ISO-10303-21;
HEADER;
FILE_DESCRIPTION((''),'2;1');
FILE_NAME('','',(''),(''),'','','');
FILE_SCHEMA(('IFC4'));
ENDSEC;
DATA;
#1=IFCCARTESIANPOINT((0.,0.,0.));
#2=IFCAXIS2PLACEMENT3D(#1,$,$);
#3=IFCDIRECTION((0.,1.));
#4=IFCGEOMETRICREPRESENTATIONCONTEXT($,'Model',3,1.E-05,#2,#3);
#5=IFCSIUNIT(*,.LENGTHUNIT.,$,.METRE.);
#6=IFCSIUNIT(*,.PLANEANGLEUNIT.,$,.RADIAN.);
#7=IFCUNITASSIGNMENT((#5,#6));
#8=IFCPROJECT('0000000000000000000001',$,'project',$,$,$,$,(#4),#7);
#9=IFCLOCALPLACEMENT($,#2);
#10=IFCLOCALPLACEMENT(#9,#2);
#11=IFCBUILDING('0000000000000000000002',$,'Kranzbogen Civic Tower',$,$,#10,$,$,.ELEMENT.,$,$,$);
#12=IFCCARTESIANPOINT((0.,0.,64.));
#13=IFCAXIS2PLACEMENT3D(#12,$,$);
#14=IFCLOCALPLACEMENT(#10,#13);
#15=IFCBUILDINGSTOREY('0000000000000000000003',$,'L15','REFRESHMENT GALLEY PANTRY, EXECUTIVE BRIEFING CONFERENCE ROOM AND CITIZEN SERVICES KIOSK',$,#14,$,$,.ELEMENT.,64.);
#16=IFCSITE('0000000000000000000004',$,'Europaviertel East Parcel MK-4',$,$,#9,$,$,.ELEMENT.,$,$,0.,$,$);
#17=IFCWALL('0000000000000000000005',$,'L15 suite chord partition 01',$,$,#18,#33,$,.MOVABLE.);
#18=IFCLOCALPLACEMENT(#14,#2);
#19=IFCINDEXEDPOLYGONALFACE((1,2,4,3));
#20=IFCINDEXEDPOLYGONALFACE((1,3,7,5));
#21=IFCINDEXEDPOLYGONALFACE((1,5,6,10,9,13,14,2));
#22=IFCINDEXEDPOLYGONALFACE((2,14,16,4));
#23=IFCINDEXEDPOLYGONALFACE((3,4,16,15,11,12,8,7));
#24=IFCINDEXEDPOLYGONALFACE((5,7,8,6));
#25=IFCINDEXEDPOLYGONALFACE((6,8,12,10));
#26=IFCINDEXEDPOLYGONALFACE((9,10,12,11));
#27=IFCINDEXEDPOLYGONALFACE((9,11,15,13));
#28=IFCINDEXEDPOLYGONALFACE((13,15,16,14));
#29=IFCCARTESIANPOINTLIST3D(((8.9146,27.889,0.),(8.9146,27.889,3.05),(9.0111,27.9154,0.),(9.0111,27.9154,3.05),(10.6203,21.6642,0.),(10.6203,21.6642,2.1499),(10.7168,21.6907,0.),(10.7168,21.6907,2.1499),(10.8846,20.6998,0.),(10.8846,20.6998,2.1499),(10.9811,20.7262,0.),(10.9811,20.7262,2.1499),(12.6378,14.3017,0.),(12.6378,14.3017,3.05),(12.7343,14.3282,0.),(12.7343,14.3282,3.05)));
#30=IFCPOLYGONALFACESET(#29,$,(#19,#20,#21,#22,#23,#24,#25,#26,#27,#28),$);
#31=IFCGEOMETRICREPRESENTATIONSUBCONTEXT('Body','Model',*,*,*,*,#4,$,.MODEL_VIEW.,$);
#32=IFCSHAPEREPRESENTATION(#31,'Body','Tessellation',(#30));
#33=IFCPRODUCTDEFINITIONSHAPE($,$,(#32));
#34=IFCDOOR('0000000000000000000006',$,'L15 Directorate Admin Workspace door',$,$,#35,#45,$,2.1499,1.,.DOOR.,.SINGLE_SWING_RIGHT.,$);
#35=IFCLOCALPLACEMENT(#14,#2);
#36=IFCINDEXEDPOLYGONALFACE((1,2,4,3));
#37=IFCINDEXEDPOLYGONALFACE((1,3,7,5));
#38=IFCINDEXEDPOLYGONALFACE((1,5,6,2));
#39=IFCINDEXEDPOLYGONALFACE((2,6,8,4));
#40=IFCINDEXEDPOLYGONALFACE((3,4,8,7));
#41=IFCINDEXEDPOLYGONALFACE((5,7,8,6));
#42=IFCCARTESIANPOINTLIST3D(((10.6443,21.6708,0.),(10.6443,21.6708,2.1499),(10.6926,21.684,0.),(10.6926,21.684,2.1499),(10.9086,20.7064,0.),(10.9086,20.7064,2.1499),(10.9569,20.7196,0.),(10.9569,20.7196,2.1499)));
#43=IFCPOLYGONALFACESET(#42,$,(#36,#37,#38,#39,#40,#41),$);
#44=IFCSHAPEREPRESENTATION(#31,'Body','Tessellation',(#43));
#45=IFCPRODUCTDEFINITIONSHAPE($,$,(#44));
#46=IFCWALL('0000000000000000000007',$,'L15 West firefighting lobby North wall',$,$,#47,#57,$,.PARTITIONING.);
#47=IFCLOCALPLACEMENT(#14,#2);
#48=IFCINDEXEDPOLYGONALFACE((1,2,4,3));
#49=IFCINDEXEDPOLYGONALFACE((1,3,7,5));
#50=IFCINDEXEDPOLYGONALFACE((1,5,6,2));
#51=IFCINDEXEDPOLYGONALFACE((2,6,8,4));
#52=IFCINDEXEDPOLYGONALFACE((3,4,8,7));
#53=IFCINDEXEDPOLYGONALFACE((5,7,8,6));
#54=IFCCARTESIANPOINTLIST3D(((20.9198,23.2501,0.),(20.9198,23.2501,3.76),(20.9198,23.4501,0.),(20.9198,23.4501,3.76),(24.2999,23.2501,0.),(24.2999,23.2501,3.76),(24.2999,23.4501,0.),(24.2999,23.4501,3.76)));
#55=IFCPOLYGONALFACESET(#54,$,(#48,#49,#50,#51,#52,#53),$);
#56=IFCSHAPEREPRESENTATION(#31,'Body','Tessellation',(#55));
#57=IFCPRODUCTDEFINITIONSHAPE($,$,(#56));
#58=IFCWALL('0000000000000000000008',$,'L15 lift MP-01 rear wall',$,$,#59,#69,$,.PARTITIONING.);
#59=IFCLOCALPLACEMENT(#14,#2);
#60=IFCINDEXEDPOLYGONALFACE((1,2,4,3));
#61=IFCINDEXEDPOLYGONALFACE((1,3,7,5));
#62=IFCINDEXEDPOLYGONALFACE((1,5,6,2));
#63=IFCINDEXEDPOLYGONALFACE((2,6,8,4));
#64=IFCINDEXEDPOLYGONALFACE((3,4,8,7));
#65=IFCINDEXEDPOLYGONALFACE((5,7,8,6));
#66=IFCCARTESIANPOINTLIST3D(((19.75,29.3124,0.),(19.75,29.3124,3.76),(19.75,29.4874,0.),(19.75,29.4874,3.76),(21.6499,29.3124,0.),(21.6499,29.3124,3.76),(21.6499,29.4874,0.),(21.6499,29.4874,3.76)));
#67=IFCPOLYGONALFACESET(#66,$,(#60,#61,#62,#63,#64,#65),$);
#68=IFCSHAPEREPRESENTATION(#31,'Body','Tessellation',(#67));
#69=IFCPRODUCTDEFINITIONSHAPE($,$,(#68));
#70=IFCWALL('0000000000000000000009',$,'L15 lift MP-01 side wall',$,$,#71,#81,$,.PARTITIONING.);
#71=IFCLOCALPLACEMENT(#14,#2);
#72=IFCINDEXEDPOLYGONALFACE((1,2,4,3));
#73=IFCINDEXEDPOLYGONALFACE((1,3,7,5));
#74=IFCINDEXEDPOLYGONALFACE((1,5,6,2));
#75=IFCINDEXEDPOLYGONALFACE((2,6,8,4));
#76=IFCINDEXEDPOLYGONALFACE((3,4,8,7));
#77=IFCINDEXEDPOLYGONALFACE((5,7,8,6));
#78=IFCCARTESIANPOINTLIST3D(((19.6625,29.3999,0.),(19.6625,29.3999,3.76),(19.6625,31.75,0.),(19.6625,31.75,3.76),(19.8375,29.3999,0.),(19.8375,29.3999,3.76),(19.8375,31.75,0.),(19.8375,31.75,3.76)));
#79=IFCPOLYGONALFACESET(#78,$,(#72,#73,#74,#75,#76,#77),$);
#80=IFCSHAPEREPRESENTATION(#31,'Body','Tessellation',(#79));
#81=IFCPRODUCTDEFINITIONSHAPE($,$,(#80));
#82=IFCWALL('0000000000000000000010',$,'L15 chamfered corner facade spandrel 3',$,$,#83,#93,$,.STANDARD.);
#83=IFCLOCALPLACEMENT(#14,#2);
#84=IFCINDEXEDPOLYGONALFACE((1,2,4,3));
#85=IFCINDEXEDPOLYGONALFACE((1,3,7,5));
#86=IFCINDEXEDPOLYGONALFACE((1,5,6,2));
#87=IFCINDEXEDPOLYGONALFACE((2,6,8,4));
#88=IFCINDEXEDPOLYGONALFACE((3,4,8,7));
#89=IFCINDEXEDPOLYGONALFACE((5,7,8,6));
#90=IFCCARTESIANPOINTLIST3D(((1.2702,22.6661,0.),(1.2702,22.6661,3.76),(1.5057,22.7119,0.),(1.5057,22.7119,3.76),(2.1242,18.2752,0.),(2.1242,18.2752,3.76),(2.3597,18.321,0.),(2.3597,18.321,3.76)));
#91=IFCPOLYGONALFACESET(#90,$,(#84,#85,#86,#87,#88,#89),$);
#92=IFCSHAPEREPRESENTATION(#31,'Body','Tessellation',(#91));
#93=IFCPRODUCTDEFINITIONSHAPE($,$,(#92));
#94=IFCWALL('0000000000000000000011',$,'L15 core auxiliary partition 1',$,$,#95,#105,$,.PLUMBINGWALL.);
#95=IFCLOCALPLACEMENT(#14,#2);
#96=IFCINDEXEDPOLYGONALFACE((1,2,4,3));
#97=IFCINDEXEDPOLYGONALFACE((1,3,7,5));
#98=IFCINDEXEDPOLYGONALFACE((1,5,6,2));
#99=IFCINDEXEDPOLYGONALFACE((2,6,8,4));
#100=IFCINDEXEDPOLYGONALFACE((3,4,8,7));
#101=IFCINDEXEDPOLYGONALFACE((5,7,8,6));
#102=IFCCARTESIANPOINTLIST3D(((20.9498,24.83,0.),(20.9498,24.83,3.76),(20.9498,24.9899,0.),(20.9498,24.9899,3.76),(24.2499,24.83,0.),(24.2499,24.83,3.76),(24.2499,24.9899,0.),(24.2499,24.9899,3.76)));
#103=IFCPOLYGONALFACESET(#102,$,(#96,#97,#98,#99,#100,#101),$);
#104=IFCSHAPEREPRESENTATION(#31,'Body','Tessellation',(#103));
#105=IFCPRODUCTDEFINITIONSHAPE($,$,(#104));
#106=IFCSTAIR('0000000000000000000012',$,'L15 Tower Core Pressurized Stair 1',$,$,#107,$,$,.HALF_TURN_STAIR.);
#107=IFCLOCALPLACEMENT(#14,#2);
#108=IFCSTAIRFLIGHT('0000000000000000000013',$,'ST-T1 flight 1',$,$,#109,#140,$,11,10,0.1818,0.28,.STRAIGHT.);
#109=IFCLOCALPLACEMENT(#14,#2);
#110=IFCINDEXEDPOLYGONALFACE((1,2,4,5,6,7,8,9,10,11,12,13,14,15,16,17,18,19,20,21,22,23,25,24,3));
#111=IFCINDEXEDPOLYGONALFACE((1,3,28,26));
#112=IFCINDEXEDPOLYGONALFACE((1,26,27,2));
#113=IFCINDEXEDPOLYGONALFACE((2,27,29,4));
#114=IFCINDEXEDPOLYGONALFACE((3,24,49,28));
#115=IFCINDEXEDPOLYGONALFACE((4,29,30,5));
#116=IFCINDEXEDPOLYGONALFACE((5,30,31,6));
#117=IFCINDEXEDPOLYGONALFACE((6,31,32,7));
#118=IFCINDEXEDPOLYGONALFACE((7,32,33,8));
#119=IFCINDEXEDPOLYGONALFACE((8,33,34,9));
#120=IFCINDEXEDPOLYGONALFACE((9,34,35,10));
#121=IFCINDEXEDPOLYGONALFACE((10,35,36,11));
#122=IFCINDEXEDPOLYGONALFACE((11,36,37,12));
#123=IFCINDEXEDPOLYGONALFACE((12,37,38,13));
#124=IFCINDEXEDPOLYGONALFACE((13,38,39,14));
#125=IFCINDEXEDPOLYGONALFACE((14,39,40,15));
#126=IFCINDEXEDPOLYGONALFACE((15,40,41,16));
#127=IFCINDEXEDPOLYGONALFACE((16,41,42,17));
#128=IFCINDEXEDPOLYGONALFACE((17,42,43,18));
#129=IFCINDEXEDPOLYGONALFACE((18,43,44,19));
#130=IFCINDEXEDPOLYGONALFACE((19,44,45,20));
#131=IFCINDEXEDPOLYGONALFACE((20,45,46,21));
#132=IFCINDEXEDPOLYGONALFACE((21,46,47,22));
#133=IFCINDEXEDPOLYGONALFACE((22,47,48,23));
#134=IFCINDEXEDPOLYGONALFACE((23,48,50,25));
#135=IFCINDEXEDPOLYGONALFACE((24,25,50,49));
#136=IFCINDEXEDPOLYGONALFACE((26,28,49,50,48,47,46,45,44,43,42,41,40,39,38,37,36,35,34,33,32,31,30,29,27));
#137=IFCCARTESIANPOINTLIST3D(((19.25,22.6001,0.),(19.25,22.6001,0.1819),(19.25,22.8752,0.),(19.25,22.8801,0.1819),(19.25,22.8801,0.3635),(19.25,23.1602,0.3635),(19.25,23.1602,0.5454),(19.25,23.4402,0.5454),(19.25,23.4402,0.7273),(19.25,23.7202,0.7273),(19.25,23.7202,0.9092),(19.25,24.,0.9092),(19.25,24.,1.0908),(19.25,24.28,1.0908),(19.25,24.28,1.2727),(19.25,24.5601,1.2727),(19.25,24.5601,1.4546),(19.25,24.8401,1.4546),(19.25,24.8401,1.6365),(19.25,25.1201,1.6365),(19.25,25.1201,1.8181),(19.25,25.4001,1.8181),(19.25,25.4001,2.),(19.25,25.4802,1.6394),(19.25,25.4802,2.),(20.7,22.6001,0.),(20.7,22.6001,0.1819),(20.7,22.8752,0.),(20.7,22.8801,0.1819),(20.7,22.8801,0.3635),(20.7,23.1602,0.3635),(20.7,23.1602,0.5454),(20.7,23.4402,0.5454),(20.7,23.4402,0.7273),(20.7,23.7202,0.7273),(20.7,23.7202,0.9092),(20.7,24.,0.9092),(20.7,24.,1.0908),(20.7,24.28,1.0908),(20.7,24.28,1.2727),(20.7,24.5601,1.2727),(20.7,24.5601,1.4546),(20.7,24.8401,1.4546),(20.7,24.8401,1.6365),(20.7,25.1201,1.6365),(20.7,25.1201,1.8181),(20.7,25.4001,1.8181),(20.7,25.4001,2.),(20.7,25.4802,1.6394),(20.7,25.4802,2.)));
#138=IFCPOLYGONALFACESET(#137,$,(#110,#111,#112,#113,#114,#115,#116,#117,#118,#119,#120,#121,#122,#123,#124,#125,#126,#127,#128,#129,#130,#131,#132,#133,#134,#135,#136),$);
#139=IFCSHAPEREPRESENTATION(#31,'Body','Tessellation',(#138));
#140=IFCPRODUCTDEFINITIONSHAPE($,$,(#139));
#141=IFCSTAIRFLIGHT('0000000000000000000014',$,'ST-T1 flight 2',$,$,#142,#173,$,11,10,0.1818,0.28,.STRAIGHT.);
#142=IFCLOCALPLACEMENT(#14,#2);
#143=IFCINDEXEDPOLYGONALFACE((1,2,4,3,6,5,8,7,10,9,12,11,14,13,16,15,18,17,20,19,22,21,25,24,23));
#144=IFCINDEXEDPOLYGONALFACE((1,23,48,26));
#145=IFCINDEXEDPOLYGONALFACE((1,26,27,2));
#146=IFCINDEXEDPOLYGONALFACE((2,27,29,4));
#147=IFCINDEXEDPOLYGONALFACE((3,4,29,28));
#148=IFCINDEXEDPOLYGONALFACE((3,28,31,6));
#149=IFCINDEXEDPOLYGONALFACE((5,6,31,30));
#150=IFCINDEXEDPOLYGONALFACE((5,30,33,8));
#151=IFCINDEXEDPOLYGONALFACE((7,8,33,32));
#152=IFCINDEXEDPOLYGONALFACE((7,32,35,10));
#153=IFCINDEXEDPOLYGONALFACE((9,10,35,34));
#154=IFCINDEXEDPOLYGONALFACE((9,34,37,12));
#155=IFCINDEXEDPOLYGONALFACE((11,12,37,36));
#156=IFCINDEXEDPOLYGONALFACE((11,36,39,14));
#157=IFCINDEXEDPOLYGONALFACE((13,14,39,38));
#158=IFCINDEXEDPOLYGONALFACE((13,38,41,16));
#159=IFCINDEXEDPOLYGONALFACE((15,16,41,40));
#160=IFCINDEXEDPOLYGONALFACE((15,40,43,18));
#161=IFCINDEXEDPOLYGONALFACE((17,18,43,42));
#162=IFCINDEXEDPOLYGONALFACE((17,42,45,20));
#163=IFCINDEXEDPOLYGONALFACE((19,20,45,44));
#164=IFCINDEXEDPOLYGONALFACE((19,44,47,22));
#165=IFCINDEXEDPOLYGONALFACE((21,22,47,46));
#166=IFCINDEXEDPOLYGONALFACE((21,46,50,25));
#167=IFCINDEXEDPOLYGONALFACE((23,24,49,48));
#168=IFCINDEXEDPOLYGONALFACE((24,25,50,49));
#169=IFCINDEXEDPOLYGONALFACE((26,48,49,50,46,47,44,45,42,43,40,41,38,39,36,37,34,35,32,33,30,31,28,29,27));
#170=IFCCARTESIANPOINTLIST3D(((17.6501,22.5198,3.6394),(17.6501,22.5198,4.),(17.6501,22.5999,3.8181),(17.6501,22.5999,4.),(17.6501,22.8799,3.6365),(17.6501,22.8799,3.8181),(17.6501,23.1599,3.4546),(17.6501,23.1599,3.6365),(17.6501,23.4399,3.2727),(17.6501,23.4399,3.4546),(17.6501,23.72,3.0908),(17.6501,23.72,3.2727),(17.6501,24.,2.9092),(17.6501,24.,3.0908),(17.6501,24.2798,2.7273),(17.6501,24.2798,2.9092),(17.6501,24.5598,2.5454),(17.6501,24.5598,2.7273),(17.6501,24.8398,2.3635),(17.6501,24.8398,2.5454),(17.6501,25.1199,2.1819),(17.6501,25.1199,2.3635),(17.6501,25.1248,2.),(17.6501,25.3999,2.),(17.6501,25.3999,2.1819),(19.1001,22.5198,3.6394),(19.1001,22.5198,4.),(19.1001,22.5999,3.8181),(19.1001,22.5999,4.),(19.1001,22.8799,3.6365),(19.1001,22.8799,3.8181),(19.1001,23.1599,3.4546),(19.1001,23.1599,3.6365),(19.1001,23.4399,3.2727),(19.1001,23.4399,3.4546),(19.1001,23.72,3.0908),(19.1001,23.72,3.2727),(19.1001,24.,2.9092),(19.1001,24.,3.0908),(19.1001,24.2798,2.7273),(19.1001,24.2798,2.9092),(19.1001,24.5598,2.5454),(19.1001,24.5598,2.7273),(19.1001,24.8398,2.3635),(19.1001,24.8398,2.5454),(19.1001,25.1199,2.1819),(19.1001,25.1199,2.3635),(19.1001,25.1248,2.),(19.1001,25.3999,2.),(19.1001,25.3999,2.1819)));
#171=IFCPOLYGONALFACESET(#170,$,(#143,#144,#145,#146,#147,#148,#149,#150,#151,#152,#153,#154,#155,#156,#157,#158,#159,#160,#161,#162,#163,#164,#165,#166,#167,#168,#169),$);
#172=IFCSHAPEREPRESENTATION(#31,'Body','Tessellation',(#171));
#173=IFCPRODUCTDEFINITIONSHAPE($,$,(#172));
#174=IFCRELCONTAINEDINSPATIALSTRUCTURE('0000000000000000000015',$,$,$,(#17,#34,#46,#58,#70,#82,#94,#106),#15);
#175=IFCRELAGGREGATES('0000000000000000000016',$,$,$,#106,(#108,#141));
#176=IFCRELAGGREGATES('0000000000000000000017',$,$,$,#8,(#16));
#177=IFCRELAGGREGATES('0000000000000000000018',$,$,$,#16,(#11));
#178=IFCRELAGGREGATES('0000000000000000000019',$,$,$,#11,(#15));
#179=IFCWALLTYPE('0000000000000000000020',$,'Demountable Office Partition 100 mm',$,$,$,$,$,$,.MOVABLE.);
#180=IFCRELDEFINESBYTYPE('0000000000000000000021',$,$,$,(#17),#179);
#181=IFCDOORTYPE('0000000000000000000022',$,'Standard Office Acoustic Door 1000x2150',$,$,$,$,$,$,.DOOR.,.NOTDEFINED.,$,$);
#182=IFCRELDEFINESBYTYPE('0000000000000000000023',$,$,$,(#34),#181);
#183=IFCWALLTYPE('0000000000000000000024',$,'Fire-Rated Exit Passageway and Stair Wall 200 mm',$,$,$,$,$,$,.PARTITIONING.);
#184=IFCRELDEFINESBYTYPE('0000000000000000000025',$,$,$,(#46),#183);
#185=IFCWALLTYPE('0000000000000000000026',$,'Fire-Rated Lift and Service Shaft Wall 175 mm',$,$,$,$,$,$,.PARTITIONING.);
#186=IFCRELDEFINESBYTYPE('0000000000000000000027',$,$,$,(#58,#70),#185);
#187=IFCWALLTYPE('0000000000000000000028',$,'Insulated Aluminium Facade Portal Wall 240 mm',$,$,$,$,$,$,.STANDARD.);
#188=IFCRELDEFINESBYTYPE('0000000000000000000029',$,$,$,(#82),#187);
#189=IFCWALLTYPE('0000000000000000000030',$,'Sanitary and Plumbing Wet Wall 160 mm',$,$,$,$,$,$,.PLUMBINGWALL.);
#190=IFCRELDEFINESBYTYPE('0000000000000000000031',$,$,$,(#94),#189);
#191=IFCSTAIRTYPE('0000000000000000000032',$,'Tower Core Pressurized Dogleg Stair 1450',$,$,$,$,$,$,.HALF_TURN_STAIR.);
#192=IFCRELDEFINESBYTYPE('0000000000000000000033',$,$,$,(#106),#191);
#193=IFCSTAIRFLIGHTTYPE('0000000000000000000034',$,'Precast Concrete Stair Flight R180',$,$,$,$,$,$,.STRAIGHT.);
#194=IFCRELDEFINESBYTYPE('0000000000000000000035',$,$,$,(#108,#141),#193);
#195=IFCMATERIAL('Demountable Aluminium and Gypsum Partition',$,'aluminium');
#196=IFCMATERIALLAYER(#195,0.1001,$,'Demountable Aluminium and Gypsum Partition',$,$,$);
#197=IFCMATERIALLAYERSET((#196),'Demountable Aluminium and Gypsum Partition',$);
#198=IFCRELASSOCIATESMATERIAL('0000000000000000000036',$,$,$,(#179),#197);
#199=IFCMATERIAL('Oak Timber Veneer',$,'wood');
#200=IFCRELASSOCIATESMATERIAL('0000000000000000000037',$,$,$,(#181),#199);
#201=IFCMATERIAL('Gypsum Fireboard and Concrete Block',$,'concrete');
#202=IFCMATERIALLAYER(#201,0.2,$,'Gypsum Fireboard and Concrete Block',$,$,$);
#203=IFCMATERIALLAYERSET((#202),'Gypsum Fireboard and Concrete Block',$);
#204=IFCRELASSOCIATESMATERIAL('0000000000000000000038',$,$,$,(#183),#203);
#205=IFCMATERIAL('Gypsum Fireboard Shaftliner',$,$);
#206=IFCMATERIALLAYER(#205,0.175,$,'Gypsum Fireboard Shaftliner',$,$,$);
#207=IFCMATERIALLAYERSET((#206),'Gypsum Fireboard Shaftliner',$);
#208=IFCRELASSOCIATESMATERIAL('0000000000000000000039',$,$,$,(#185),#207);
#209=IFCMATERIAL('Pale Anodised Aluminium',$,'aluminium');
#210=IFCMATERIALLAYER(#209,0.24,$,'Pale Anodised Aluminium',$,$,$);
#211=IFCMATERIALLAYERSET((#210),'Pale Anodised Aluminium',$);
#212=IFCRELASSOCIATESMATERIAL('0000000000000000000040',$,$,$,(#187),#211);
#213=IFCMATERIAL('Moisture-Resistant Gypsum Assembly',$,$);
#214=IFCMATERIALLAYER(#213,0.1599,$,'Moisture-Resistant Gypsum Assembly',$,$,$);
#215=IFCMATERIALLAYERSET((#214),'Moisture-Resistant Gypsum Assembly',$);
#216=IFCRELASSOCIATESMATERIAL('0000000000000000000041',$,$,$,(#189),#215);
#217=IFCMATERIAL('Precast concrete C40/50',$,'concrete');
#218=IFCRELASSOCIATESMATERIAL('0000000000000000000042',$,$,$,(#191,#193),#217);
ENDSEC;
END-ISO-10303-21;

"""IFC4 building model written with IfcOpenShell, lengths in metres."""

from ifc_helpers import new_model, si_unit, direction, frame, frame_2d, origin, place, context, subcontext, project, spatial, polyline, rectangle, outline, extrude, material, layer, layer_set, type_object, element, fill, aggregate, save


model = new_model("IFC4")

# Units and contexts
model_context = context("Model", 3, precision=1e-05, world=origin(), true_north=direction((0.0, 1.0)))
body_context = subcontext(model_context, "Body", "Model", "MODEL_VIEW")
ifc_project = project(units=[si_unit("LENGTHUNIT", "METRE"), si_unit("PLANEANGLEUNIT", "RADIAN")], contexts=[model_context])

# Site, building, storey
site_placement = place(None, origin())
site = spatial("IfcSite", under=ifc_project, at=site_placement, Name="Europaviertel East Parcel MK-4", CompositionType="ELEMENT", RefElevation=0.0)
building_placement = place(site_placement, origin())
building = spatial("IfcBuilding", under=site, at=building_placement, Name="Kranzbogen Civic Tower", CompositionType="ELEMENT")
storey_placement = place(building_placement, frame((0.0, 0.0, 64.0)))
storey = spatial("IfcBuildingStorey", under=building, at=storey_placement, Name="L15", Description="REFRESHMENT GALLEY PANTRY, EXECUTIVE BRIEFING CONFERENCE ROOM AND CITIZEN SERVICES KIOSK", CompositionType="ELEMENT", Elevation=64.0)

# Shared definitions
ifc_material_1 = material(Name="Pale Anodised Aluminium", Category="aluminium")

# Wall, opening, door
ifc_material_2 = material(Name="Demountable Aluminium and Gypsum Partition", Category="aluminium")
ifc_layer_1 = layer(ifc_material_2, 0.1001, Name="Demountable Aluminium and Gypsum Partition")
ifc_layer_set_1 = layer_set([ifc_layer_1], Name="Demountable Aluminium and Gypsum Partition")
wall_type_1 = type_object("IfcWallType", Name="Demountable Office Partition 100 mm", PredefinedType="MOVABLE", material=ifc_layer_set_1)
wall_1_placement = place(storey_placement, frame((8.9629, 27.9021, 0.0), z_axis=(0.0, 0.0, 1.0), x_axis=(0.264277, -0.964447, 0.0)))
wall_1 = element("IfcWall", 1, at=wall_1_placement, inside=storey, type_object=wall_type_1, Name="L15 suite chord partition 01", PredefinedType="MOVABLE", context=body_context, shape_type="SweptSolid", body=[
    extrude(rectangle(XDim=14.0881, YDim=0.1001, at=frame_2d((7.0439, 0.0))), origin(), (0.0, 0.0, 1.0), 3.05),
])
opening_1_placement = place(wall_1_placement, frame((6.4541, 0.0, 0.0)))
opening_1 = element("IfcOpeningElement", 2, at=opening_1_placement, cuts=wall_1, PredefinedType="OPENING", context=body_context, shape_type="SweptSolid", body=[
    extrude(rectangle(XDim=1.0, YDim=2.1499, at=frame_2d((0.5, 1.075))), frame((0.0, 0.0601, 0.0), z_axis=(0.0, -1.0, 0.0), x_axis=(1.0, 0.0, 0.0)), (0.0, 0.0, 1.0), 0.1201),
])
ifc_material_3 = material(Name="Oak Timber Veneer", Category="wood")
door_type_1 = type_object("IfcDoorType", Name="Standard Office Acoustic Door 1000x2150", OperationType="NOTDEFINED", PredefinedType="DOOR", material=ifc_material_3)
door_1_placement = place(opening_1_placement, origin())
door_1 = element("IfcDoor", 3, at=door_1_placement, inside=storey, type_object=door_type_1, Name="L15 Directorate Admin Workspace door", OperationType="SINGLE_SWING_RIGHT", OverallHeight=2.1499, OverallWidth=1.0, PredefinedType="DOOR", context=body_context, shape_type="SweptSolid", body=[
    extrude(rectangle(XDim=1.0, YDim=2.1499, at=frame_2d((0.5, 1.075))), frame((0.0, 0.0249, 0.0), z_axis=(0.0, -1.0, 0.0), x_axis=(1.0, 0.0, 0.0)), (0.0, 0.0, 1.0), 0.05),
])
fill(opening_1, door_1)

# Walls
ifc_material_4 = material(Name="Gypsum Fireboard and Concrete Block", Category="concrete")
ifc_layer_2 = layer(ifc_material_4, 0.2, Name="Gypsum Fireboard and Concrete Block")
ifc_layer_set_2 = layer_set([ifc_layer_2], Name="Gypsum Fireboard and Concrete Block")
wall_type_2 = type_object("IfcWallType", Name="Fire-Rated Exit Passageway and Stair Wall 200 mm", PredefinedType="PARTITIONING", material=ifc_layer_set_2)
wall_2_placement = place(storey_placement, frame((20.9199, 23.3501, 0.0), z_axis=(0.0, 0.0, 1.0), x_axis=(1.0, 0.0, 0.0)))
element("IfcWall", 4, at=wall_2_placement, inside=storey, type_object=wall_type_2, Name="L15 West firefighting lobby North wall", PredefinedType="PARTITIONING", context=body_context, shape_type="SweptSolid", body=[
    extrude(rectangle(XDim=3.3801, YDim=0.2, at=frame_2d((1.6899, 0.0))), origin(), (0.0, 0.0, 1.0), 3.76),
])
ifc_material_5 = material(Name="Gypsum Fireboard Shaftliner")
ifc_layer_3 = layer(ifc_material_5, 0.175, Name="Gypsum Fireboard Shaftliner")
ifc_layer_set_3 = layer_set([ifc_layer_3], Name="Gypsum Fireboard Shaftliner")
wall_type_3 = type_object("IfcWallType", Name="Fire-Rated Lift and Service Shaft Wall 175 mm", PredefinedType="PARTITIONING", material=ifc_layer_set_3)
wall_3_placement = place(storey_placement, frame((19.75, 29.3999, 0.0), z_axis=(0.0, 0.0, 1.0), x_axis=(1.0, 0.0, 0.0)))
element("IfcWall", 5, at=wall_3_placement, inside=storey, type_object=wall_type_3, Name="L15 lift MP-01 rear wall", PredefinedType="PARTITIONING", context=body_context, shape_type="SweptSolid", body=[
    extrude(rectangle(XDim=1.8999, YDim=0.175, at=frame_2d((0.95, 0.0))), origin(), (0.0, 0.0, 1.0), 3.76),
])
wall_4_placement = place(storey_placement, frame((19.75, 29.3999, 0.0), z_axis=(0.0, 0.0, 1.0), x_axis=(0.0, 1.0, 0.0)))
element("IfcWall", 6, at=wall_4_placement, inside=storey, type_object=wall_type_3, Name="L15 lift MP-01 side wall", PredefinedType="PARTITIONING", context=body_context, shape_type="SweptSolid", body=[
    extrude(rectangle(XDim=2.3501, YDim=0.175, at=frame_2d((1.175, 0.0))), origin(), (0.0, 0.0, 1.0), 3.76),
])
ifc_layer_4 = layer(ifc_material_1, 0.24, Name="Pale Anodised Aluminium")
ifc_layer_set_4 = layer_set([ifc_layer_4], Name="Pale Anodised Aluminium")
wall_type_4 = type_object("IfcWallType", Name="Insulated Aluminium Facade Portal Wall 240 mm", PredefinedType="STANDARD", material=ifc_layer_set_4)
wall_5_placement = place(storey_placement, frame((1.3879, 22.689, 0.0), z_axis=(0.0, 0.0, 1.0), x_axis=(0.190918, -0.981606, 0.0)))
element("IfcWall", 7, at=wall_5_placement, inside=storey, type_object=wall_type_4, Name="L15 chamfered corner facade spandrel 3", PredefinedType="STANDARD", context=body_context, shape_type="SweptSolid", body=[
    extrude(rectangle(XDim=4.4731, YDim=0.24, at=frame_2d((2.2366, 0.0))), origin(), (0.0, 0.0, 1.0), 3.76),
])
ifc_material_6 = material(Name="Moisture-Resistant Gypsum Assembly")
ifc_layer_5 = layer(ifc_material_6, 0.1599, Name="Moisture-Resistant Gypsum Assembly")
ifc_layer_set_5 = layer_set([ifc_layer_5], Name="Moisture-Resistant Gypsum Assembly")
wall_type_5 = type_object("IfcWallType", Name="Sanitary and Plumbing Wet Wall 160 mm", PredefinedType="PLUMBINGWALL", material=ifc_layer_set_5)
wall_6_placement = place(storey_placement, frame((20.95, 24.9099, 0.0), z_axis=(0.0, 0.0, 1.0), x_axis=(1.0, 0.0, 0.0)))
element("IfcWall", 8, at=wall_6_placement, inside=storey, type_object=wall_type_5, Name="L15 core auxiliary partition 1", PredefinedType="PLUMBINGWALL", context=body_context, shape_type="SweptSolid", body=[
    extrude(rectangle(XDim=3.3, YDim=0.1599, at=frame_2d((1.6499, 0.0))), origin(), (0.0, 0.0, 1.0), 3.76),
])

# Stair, stair flights
ifc_material_7 = material(Name="Precast concrete C40/50", Category="concrete")
stair_type = type_object("IfcStairType", Name="Tower Core Pressurized Dogleg Stair 1450", PredefinedType="HALF_TURN_STAIR", material=ifc_material_7)
stair_placement = place(storey_placement, origin())
stair = element("IfcStair", 9, at=stair_placement, inside=storey, type_object=stair_type, Name="L15 Tower Core Pressurized Stair 1", PredefinedType="HALF_TURN_STAIR")
stair_flight_type = type_object("IfcStairFlightType", Name="Precast Concrete Stair Flight R180", PredefinedType="STRAIGHT", material=ifc_material_7)
stair_flight_1_placement = place(storey_placement, frame((19.9751, 22.6001, 0.0), z_axis=(0.0, 0.0, 1.0), x_axis=(0.0, 1.0, 0.0)))
stair_flight_1 = element("IfcStairFlight", 10, at=stair_flight_1_placement, type_object=stair_flight_type, Name="ST-T1 flight 1", NumberOfRisers=11, NumberOfTreads=10, PredefinedType="STRAIGHT", RiserHeight=0.1818, TreadLength=0.28, context=body_context, shape_type="SweptSolid", body=[
    extrude(outline(polyline([(0.0, 0.0), (0.0, 0.1819), (0.28, 0.1819), (0.28, 0.3635), (0.5601, 0.3635), (0.5601, 0.5454), (0.8401, 0.5454), (0.8401, 0.7273), (1.1201, 0.7273), (1.1201, 0.9092), (1.3999, 0.9092), (1.3999, 1.0908), (1.6799, 1.0908), (1.6799, 1.2727), (1.96, 1.2727), (1.96, 1.4546), (2.24, 1.4546), (2.24, 1.6365), (2.52, 1.6365), (2.52, 1.8181), (2.8, 1.8181), (2.8, 2.0), (2.8801, 2.0), (2.8801, 1.6394), (0.2751, 0.0), (0.0, 0.0)])), frame((0.0, 0.7251, 0.0), z_axis=(0.0, -1.0, 0.0), x_axis=(1.0, 0.0, 0.0)), (0.0, 0.0, 1.0), 1.45),
])
stair_flight_2_placement = place(storey_placement, frame((18.375, 25.3999, 2.0), z_axis=(0.0, 0.0, 1.0), x_axis=(0.0, -1.0, 0.0)))
stair_flight_2 = element("IfcStairFlight", 11, at=stair_flight_2_placement, type_object=stair_flight_type, Name="ST-T1 flight 2", NumberOfRisers=11, NumberOfTreads=10, PredefinedType="STRAIGHT", RiserHeight=0.1818, TreadLength=0.28, context=body_context, shape_type="SweptSolid", body=[
    extrude(outline(polyline([(0.0, 0.0), (0.0, 0.1819), (0.28, 0.1819), (0.28, 0.3635), (0.5601, 0.3635), (0.5601, 0.5454), (0.8401, 0.5454), (0.8401, 0.7273), (1.1201, 0.7273), (1.1201, 0.9092), (1.3999, 0.9092), (1.3999, 1.0908), (1.6799, 1.0908), (1.6799, 1.2727), (1.96, 1.2727), (1.96, 1.4546), (2.24, 1.4546), (2.24, 1.6365), (2.52, 1.6365), (2.52, 1.8181), (2.8, 1.8181), (2.8, 2.0), (2.8801, 2.0), (2.8801, 1.6394), (0.2751, 0.0), (0.0, 0.0)])), frame((0.0, 0.7251, 0.0), z_axis=(0.0, -1.0, 0.0), x_axis=(1.0, 0.0, 0.0)), (0.0, 0.0, 1.0), 1.45),
])
aggregate(stair, [stair_flight_1, stair_flight_2])

save(model, "model.ifc")
